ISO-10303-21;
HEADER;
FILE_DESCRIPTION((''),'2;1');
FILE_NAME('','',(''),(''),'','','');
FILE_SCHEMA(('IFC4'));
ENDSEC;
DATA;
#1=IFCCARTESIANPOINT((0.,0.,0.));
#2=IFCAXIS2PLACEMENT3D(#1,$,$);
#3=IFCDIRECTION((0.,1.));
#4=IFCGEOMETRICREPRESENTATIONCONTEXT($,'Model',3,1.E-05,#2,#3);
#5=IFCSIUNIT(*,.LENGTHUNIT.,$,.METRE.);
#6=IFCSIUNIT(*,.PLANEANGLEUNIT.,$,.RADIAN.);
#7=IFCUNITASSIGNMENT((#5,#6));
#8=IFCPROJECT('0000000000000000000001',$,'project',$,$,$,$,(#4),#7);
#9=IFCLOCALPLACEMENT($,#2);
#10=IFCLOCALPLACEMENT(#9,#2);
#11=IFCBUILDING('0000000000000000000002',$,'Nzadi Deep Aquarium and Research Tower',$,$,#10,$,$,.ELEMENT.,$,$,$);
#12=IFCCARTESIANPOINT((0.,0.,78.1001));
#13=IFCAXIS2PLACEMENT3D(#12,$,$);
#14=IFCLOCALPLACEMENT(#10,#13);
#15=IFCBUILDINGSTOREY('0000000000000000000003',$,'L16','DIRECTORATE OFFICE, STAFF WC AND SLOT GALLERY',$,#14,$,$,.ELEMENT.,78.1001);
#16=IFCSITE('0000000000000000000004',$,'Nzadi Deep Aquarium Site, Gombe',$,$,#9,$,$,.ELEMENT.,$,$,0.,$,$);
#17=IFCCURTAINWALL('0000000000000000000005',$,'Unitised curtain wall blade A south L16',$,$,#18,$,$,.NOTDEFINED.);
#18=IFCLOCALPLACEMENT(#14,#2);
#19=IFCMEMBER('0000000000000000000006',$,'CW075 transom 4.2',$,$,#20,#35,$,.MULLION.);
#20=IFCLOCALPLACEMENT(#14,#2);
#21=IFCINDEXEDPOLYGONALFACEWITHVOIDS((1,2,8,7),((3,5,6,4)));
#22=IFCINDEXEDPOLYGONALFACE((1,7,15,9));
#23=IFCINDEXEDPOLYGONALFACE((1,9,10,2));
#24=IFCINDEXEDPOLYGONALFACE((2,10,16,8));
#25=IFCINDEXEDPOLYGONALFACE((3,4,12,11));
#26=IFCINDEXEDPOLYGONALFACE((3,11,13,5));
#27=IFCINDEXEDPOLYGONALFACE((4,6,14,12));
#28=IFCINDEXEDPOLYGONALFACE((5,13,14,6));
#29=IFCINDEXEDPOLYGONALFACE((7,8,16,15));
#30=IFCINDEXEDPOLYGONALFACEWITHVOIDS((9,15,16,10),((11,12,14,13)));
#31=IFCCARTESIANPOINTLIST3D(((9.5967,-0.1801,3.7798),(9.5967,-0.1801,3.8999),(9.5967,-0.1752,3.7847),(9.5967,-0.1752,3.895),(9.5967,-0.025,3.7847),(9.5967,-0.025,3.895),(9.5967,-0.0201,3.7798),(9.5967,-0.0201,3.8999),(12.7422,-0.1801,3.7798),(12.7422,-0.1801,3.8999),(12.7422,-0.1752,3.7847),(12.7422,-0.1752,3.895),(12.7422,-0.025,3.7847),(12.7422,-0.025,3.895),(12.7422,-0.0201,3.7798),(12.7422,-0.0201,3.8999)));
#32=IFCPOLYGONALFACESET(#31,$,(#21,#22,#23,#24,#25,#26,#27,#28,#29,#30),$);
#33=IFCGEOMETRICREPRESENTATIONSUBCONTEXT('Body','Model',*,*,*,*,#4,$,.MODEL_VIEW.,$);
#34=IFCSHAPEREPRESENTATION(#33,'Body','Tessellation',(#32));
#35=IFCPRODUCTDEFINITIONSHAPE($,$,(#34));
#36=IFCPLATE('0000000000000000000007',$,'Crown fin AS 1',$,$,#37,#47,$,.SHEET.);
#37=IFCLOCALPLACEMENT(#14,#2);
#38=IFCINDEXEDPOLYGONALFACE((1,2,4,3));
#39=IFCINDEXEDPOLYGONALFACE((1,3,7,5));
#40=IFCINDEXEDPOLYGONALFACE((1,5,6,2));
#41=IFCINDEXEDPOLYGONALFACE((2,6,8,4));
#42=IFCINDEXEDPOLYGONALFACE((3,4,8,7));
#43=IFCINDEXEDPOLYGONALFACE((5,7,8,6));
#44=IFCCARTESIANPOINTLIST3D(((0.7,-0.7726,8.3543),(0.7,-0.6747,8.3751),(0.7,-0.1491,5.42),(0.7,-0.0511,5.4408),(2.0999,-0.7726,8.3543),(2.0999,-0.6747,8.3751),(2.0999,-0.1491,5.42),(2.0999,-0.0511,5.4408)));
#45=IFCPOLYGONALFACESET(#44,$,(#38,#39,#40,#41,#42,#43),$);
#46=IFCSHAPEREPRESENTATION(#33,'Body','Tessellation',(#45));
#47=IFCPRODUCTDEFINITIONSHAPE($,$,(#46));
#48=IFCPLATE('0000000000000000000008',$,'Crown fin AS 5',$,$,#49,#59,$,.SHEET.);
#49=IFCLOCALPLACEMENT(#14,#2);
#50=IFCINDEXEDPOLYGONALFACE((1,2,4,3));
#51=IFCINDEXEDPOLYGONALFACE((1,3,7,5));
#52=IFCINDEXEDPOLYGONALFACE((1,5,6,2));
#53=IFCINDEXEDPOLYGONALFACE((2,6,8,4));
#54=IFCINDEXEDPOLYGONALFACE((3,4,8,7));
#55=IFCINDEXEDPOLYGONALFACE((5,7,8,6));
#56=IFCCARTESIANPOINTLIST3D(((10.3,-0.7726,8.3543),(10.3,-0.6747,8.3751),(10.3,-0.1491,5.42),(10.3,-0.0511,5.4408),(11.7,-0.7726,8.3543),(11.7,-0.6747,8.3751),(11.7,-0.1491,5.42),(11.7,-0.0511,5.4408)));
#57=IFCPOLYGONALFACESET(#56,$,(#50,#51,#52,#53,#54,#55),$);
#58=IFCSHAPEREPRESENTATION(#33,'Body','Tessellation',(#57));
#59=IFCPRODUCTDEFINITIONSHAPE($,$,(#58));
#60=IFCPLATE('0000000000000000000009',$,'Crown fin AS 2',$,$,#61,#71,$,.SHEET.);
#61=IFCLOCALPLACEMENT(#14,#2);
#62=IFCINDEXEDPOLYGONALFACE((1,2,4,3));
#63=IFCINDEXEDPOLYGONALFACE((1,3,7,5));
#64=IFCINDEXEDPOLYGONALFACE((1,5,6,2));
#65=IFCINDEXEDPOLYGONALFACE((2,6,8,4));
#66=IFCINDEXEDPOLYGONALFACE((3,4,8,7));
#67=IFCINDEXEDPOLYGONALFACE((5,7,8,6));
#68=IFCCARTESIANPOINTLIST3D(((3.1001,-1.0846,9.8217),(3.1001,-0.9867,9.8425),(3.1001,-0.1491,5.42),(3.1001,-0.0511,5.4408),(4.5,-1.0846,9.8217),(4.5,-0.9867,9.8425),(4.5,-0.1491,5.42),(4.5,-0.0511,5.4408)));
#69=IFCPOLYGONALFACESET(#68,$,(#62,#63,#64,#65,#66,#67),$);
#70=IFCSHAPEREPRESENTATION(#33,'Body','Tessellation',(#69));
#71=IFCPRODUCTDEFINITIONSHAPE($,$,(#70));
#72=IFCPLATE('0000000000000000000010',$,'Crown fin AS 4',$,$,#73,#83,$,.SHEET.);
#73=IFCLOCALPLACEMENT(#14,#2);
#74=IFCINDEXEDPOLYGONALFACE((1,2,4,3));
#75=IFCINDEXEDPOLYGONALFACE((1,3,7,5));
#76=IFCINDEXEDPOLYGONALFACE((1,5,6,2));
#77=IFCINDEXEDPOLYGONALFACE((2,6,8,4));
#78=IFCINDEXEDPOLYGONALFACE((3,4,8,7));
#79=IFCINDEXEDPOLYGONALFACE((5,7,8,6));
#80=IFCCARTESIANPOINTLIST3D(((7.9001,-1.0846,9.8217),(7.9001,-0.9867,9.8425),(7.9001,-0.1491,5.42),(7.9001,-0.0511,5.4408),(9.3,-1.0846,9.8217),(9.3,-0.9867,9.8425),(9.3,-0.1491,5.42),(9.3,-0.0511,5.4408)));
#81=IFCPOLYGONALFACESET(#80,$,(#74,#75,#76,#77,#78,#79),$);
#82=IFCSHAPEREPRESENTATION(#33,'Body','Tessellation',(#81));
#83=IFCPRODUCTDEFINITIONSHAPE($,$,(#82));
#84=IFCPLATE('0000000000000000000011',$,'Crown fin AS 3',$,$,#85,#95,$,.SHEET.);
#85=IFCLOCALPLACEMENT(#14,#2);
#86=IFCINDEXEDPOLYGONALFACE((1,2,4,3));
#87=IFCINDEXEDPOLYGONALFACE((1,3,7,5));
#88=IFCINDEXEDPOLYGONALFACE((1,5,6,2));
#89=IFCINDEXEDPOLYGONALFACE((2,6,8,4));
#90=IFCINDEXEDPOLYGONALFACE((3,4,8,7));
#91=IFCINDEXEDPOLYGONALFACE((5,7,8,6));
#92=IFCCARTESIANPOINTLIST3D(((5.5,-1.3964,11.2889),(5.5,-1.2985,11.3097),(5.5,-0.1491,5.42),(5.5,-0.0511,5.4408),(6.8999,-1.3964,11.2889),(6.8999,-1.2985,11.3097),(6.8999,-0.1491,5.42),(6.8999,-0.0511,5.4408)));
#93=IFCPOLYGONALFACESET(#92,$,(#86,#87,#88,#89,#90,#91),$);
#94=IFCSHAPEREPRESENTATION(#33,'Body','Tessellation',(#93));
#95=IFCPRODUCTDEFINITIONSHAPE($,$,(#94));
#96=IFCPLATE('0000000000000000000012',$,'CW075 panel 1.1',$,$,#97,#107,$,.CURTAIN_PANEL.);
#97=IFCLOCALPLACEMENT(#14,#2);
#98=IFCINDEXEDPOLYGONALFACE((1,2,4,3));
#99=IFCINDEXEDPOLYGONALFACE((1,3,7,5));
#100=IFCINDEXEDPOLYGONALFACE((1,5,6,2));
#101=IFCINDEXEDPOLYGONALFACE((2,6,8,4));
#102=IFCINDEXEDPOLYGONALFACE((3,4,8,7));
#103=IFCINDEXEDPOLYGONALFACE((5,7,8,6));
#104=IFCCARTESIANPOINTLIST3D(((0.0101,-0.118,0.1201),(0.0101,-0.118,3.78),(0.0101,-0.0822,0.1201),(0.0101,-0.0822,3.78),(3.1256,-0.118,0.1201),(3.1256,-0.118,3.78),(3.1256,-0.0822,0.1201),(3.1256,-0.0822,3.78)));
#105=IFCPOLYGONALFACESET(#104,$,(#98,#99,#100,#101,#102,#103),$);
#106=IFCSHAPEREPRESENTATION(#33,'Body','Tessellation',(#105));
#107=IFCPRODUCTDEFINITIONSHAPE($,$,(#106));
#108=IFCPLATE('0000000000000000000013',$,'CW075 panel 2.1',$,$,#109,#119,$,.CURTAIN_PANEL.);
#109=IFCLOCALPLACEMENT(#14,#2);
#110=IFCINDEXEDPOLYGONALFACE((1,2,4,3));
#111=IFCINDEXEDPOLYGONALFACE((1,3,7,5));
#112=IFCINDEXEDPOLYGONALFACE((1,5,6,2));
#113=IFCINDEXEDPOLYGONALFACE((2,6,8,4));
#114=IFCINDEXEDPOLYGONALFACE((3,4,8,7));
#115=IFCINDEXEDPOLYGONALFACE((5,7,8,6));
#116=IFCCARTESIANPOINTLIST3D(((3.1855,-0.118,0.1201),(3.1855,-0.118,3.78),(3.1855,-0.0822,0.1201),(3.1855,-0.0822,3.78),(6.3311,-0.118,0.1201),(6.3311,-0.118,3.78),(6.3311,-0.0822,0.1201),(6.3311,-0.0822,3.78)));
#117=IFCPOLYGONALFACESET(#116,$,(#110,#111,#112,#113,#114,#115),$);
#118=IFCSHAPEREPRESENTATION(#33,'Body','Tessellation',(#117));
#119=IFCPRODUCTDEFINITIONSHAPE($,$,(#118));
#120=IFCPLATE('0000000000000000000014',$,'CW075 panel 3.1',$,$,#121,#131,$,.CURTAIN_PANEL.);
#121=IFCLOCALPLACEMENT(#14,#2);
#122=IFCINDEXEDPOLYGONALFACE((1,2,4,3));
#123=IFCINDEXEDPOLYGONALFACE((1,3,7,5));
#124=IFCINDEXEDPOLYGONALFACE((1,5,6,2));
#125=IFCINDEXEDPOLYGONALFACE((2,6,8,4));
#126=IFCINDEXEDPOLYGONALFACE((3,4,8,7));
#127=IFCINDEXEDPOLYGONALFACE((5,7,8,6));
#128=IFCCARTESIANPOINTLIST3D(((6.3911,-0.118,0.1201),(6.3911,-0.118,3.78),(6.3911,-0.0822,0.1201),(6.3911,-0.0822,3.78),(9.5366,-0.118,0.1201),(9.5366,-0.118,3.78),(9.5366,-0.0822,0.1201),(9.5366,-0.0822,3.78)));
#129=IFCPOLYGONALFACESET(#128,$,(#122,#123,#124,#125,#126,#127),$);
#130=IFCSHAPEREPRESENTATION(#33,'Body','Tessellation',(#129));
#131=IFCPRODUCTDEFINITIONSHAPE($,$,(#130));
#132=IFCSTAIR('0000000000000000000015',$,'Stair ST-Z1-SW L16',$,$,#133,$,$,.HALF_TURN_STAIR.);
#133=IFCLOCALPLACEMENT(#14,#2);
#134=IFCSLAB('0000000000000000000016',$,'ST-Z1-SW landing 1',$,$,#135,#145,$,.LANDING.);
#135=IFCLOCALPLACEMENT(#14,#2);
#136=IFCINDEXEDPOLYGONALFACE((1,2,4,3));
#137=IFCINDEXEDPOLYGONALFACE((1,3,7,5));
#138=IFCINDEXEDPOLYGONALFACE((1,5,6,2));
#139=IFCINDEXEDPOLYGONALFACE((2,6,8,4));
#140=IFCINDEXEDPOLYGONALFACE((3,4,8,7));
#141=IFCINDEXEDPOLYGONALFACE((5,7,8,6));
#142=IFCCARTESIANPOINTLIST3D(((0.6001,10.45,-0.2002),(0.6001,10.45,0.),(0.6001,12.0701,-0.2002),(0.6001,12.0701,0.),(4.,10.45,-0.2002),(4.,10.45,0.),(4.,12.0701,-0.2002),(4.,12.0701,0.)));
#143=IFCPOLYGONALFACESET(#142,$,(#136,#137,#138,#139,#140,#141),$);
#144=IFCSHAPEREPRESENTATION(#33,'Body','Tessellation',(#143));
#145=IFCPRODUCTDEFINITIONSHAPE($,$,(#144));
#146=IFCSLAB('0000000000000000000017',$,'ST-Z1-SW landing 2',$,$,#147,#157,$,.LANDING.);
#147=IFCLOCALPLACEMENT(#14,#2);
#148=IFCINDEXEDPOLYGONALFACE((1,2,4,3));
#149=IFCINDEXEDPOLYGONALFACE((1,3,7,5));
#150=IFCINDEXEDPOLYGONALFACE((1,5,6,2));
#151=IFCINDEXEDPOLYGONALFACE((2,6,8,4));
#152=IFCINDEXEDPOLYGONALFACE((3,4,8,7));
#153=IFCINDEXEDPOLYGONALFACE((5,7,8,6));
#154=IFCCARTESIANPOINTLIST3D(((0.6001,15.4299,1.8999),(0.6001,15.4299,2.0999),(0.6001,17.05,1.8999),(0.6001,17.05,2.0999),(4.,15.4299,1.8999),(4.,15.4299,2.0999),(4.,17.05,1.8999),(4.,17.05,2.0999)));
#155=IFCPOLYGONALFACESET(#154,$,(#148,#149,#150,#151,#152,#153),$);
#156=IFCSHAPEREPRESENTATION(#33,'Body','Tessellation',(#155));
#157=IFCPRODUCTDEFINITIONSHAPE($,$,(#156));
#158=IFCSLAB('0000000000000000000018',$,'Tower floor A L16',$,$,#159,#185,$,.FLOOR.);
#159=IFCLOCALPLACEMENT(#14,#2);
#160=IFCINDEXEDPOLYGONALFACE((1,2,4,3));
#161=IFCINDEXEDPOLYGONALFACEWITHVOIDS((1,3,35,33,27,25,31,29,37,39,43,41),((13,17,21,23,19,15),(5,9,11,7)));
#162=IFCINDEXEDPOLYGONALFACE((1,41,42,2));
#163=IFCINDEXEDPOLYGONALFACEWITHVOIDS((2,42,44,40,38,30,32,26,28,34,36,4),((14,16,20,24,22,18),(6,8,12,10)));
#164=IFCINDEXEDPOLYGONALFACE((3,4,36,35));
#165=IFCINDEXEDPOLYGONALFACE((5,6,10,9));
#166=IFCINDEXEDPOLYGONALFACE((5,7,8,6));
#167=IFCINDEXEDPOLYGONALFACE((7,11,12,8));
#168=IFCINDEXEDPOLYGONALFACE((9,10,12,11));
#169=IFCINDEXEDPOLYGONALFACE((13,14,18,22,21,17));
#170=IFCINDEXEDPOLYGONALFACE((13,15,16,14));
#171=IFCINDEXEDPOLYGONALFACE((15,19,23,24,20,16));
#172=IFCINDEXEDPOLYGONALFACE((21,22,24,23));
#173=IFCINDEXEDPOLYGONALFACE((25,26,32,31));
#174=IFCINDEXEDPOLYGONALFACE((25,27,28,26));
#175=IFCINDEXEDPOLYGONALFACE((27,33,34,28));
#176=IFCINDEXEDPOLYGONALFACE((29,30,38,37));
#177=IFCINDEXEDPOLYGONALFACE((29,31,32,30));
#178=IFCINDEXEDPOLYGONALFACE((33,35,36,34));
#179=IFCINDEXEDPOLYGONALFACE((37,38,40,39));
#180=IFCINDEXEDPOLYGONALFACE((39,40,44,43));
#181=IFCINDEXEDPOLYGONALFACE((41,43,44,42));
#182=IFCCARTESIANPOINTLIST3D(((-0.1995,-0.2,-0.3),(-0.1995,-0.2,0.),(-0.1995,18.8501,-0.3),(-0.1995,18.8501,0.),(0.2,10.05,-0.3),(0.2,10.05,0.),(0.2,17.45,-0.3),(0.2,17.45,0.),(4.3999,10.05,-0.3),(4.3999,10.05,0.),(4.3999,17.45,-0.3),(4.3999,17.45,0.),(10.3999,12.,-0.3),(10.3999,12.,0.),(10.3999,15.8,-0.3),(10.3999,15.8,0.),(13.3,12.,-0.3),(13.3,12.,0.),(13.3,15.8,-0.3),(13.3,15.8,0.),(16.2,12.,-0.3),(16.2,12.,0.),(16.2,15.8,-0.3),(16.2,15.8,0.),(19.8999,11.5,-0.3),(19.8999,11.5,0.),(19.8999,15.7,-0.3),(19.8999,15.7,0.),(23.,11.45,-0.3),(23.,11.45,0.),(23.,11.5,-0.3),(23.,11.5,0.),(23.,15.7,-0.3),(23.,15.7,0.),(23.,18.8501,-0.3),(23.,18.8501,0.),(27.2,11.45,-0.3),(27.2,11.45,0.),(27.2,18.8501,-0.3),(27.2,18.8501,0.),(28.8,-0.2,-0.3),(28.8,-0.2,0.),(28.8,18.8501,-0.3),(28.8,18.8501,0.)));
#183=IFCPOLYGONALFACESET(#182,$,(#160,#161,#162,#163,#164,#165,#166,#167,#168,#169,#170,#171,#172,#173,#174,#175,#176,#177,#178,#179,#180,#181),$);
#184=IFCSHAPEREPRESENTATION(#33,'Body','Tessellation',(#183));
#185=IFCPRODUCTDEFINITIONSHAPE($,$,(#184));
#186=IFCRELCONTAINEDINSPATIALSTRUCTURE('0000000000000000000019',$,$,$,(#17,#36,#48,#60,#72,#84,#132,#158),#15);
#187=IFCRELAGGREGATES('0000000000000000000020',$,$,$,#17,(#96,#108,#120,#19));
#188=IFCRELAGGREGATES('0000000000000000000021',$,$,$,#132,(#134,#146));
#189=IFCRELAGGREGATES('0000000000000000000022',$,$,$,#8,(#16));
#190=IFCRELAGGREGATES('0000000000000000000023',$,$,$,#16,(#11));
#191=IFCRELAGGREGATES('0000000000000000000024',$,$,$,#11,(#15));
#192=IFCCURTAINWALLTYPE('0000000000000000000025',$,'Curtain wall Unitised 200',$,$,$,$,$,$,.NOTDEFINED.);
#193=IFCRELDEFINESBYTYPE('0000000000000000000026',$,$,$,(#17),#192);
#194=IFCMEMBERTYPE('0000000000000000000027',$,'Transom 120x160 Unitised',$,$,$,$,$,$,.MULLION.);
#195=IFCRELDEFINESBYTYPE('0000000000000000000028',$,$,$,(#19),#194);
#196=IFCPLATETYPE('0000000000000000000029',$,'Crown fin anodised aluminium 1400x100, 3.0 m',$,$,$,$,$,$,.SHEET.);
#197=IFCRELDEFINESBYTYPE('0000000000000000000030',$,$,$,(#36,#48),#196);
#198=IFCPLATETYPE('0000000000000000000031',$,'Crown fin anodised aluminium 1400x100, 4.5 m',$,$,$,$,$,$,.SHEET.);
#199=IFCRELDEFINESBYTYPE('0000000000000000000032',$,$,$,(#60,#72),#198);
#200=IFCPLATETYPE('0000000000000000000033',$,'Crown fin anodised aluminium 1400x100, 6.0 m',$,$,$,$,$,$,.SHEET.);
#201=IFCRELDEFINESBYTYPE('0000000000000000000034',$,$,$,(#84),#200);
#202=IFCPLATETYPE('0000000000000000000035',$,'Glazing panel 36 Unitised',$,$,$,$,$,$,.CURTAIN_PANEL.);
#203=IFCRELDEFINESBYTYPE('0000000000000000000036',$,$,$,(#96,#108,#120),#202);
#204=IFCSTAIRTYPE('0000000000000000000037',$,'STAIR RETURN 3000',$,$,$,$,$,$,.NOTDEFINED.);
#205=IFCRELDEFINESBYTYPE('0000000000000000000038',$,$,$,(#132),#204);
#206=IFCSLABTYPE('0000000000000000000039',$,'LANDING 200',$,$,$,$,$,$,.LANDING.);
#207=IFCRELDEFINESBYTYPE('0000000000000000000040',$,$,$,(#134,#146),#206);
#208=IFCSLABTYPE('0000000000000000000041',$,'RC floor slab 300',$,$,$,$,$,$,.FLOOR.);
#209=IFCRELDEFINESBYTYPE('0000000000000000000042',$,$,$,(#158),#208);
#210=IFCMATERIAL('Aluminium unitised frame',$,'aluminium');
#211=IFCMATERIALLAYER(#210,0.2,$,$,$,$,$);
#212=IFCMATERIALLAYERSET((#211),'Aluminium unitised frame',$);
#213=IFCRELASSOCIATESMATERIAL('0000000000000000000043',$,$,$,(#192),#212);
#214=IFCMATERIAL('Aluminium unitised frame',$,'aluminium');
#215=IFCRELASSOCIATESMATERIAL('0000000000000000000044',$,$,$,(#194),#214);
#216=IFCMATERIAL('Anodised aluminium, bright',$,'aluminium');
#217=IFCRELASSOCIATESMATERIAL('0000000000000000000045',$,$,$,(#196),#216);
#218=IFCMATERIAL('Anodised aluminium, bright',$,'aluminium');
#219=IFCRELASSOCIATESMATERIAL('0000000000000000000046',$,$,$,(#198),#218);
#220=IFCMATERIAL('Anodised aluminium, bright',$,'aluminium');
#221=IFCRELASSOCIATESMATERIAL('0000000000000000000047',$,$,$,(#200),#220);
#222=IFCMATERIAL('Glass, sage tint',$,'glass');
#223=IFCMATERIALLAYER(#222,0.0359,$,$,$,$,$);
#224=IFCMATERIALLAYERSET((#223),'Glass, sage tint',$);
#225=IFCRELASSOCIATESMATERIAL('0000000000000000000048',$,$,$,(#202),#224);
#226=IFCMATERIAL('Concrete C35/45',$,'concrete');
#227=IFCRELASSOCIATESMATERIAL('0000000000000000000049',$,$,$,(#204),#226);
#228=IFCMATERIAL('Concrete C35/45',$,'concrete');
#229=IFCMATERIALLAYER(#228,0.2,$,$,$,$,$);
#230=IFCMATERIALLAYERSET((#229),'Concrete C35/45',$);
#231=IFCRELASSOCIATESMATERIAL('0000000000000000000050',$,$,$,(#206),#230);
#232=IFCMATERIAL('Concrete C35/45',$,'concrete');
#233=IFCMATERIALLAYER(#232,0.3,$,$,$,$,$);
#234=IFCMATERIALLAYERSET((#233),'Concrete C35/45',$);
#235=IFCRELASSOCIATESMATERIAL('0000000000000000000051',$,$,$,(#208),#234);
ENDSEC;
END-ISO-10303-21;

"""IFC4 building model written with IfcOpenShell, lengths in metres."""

from ifc_helpers import new_model, si_unit, direction, frame, origin, origin_2d, place, context, subcontext, project, spatial, polyline, rectangle, hollow_rectangle, outline, extrude, material, layer, layer_set, material_profile, profile_set, type_object, element, aggregate, save


model = new_model("IFC4")

# Units and contexts
model_context = context("Model", 3, precision=1e-05, world=origin(), true_north=direction((0.0, 1.0)))
body_context = subcontext(model_context, "Body", "Model", "MODEL_VIEW")
ifc_project = project(units=[si_unit("LENGTHUNIT", "METRE"), si_unit("PLANEANGLEUNIT", "RADIAN")], contexts=[model_context])

# Site, building, storey
site_placement = place(None, origin())
site = spatial("IfcSite", under=ifc_project, at=site_placement, Name="Nzadi Deep Aquarium Site, Gombe", CompositionType="ELEMENT", RefElevation=0.0)
building_placement = place(site_placement, origin())
building = spatial("IfcBuilding", under=site, at=building_placement, Name="Nzadi Deep Aquarium and Research Tower", CompositionType="ELEMENT")
storey_placement = place(building_placement, frame((0.0, 0.0, 78.1001)))
storey = spatial("IfcBuildingStorey", under=building, at=storey_placement, Name="L16", Description="DIRECTORATE OFFICE, STAFF WC AND SLOT GALLERY", CompositionType="ELEMENT", Elevation=78.1001)

# Curtain wall, member
ifc_material_1 = material(Name="Aluminium unitised frame", Category="aluminium")
ifc_layer_1 = layer(ifc_material_1, 0.2)
ifc_layer_set_1 = layer_set([ifc_layer_1], Name="Aluminium unitised frame")
curtain_wall_type = type_object("IfcCurtainWallType", Name="Curtain wall Unitised 200", PredefinedType="NOTDEFINED", material=ifc_layer_set_1)
curtain_wall_placement = place(storey_placement, origin())
curtain_wall = element("IfcCurtainWall", 1, at=curtain_wall_placement, inside=storey, type_object=curtain_wall_type, Name="Unitised curtain wall blade A south L16", PredefinedType="NOTDEFINED")
ifc_material_2 = material(Name="Aluminium unitised frame", Category="aluminium")
ifc_material_profile_1 = material_profile(ifc_material_2, hollow_rectangle(XDim=0.1599, YDim=0.1201, WallThickness=0.0049, at=origin_2d()))
ifc_profile_set_1 = profile_set([ifc_material_profile_1], Name="Aluminium unitised frame")
member_type_1 = type_object("IfcMemberType", Name="Transom 120x160 Unitised", PredefinedType="MULLION", material=ifc_profile_set_1)
member_1_placement = place(storey_placement, frame((9.5967, -0.1001, 3.8398), z_axis=(1.0, 0.0, 0.0), x_axis=(0.0, 1.0, 0.0)))
member_1 = element("IfcMember", 2, at=member_1_placement, type_object=member_type_1, Name="CW075 transom 4.2", PredefinedType="MULLION", context=body_context, shape_type="SweptSolid", body=[
    extrude(hollow_rectangle(XDim=0.1599, YDim=0.1201, WallThickness=0.0049, at=origin_2d()), origin(), (0.0, 0.0, 1.0), 3.1455),
])

# Plates
ifc_material_3 = material(Name="Anodised aluminium, bright", Category="aluminium")
ifc_material_profile_2 = material_profile(ifc_material_3, rectangle(XDim=1.3999, YDim=0.1001, at=origin_2d()))
ifc_profile_set_2 = profile_set([ifc_material_profile_2], Name="Anodised aluminium, bright")
plate_type_1 = type_object("IfcPlateType", Name="Crown fin anodised aluminium 1400x100, 3.0 m", PredefinedType="SHEET", material=ifc_profile_set_2)
for number, where, z_axis, x_axis, name in (
    (3, (1.3999, -0.1001, 5.4304), (0.0, -0.207856, 0.978159), (1.0, 0.0, 0.0), "Crown fin AS 1"),
    (4, (11.0, -0.1001, 5.4304), (0.0, -0.207856, 0.978159), (1.0, 0.0, 0.0), "Crown fin AS 5"),
):
    element("IfcPlate", number, at=place(storey_placement, frame(where, z_axis=z_axis, x_axis=x_axis)), inside=storey, type_object=plate_type_1, Name=name, PredefinedType="SHEET", context=body_context, shape_type="SweptSolid", body=[
        extrude(rectangle(XDim=1.3999, YDim=0.1001, at=origin_2d()), origin(), (0.0, 0.0, 1.0), 2.9998),
    ])
ifc_material_4 = material(Name="Anodised aluminium, bright", Category="aluminium")
ifc_material_profile_3 = material_profile(ifc_material_4, rectangle(XDim=1.3999, YDim=0.1001, at=origin_2d()))
ifc_profile_set_3 = profile_set([ifc_material_profile_3], Name="Anodised aluminium, bright")
plate_type_2 = type_object("IfcPlateType", Name="Crown fin anodised aluminium 1400x100, 4.5 m", PredefinedType="SHEET", material=ifc_profile_set_3)
for number, where, z_axis, x_axis, name in (
    (5, (3.8, -0.1001, 5.4304), (0.0, -0.207902, 0.97815), (1.0, 0.0, 0.0), "Crown fin AS 2"),
    (6, (8.6001, -0.1001, 5.4304), (0.0, -0.207902, 0.97815), (1.0, 0.0, 0.0), "Crown fin AS 4"),
):
    element("IfcPlate", number, at=place(storey_placement, frame(where, z_axis=z_axis, x_axis=x_axis)), inside=storey, type_object=plate_type_2, Name=name, PredefinedType="SHEET", context=body_context, shape_type="SweptSolid", body=[
        extrude(rectangle(XDim=1.3999, YDim=0.1001, at=origin_2d()), origin(), (0.0, 0.0, 1.0), 4.5),
    ])
ifc_material_5 = material(Name="Anodised aluminium, bright", Category="aluminium")
ifc_material_profile_4 = material_profile(ifc_material_5, rectangle(XDim=1.3999, YDim=0.1001, at=origin_2d()))
ifc_profile_set_4 = profile_set([ifc_material_profile_4], Name="Anodised aluminium, bright")
plate_type_3 = type_object("IfcPlateType", Name="Crown fin anodised aluminium 1400x100, 6.0 m", PredefinedType="SHEET", material=ifc_profile_set_4)
plate_1_placement = place(storey_placement, frame((6.2, -0.1001, 5.4304), z_axis=(0.0, -0.207886, 0.978153), x_axis=(1.0, 0.0, 0.0)))
element("IfcPlate", 7, at=plate_1_placement, inside=storey, type_object=plate_type_3, Name="Crown fin AS 3", PredefinedType="SHEET", context=body_context, shape_type="SweptSolid", body=[
    extrude(rectangle(XDim=1.3999, YDim=0.1001, at=origin_2d()), origin(), (0.0, 0.0, 1.0), 6.0),
])

# Plates
ifc_material_6 = material(Name="Glass, sage tint", Category="glass")
ifc_layer_2 = layer(ifc_material_6, 0.0359)
ifc_layer_set_2 = layer_set([ifc_layer_2], Name="Glass, sage tint")
plate_type_4 = type_object("IfcPlateType", Name="Glazing panel 36 Unitised", PredefinedType="CURTAIN_PANEL", material=ifc_layer_set_2)
plate_2_placement = place(storey_placement, frame((1.5679, -0.1001, 0.1201), z_axis=(0.0, 0.0, 1.0), x_axis=(1.0, 0.0, 0.0)))
plate_2 = element("IfcPlate", 8, at=plate_2_placement, type_object=plate_type_4, Name="CW075 panel 1.1", PredefinedType="CURTAIN_PANEL", context=body_context, shape_type="SweptSolid", body=[
    extrude(rectangle(XDim=3.1155, YDim=0.0359, at=origin_2d()), origin(), (0.0, 0.0, 1.0), 3.6599),
])
plate_3_placement = place(storey_placement, frame((4.7583, -0.1001, 0.1201), z_axis=(0.0, 0.0, 1.0), x_axis=(1.0, 0.0, 0.0)))
plate_3 = element("IfcPlate", 9, at=plate_3_placement, type_object=plate_type_4, Name="CW075 panel 2.1", PredefinedType="CURTAIN_PANEL", context=body_context, shape_type="SweptSolid", body=[
    extrude(rectangle(XDim=3.1455, YDim=0.0359, at=origin_2d()), origin(), (0.0, 0.0, 1.0), 3.6599),
])
plate_4_placement = place(storey_placement, frame((7.9639, -0.1001, 0.1201), z_axis=(0.0, 0.0, 1.0), x_axis=(1.0, 0.0, 0.0)))
plate_4 = element("IfcPlate", 10, at=plate_4_placement, type_object=plate_type_4, Name="CW075 panel 3.1", PredefinedType="CURTAIN_PANEL", context=body_context, shape_type="SweptSolid", body=[
    extrude(rectangle(XDim=3.1455, YDim=0.0359, at=origin_2d()), origin(), (0.0, 0.0, 1.0), 3.6599),
])
aggregate(curtain_wall, [plate_2, plate_3, plate_4, member_1])

# Stair, slabs
ifc_material_7 = material(Name="Concrete C35/45", Category="concrete")
stair_type = type_object("IfcStairType", Name="STAIR RETURN 3000", PredefinedType="NOTDEFINED", material=ifc_material_7)
stair_placement = place(storey_placement, origin())
stair = element("IfcStair", 11, at=stair_placement, inside=storey, type_object=stair_type, Name="Stair ST-Z1-SW L16", PredefinedType="HALF_TURN_STAIR")
ifc_material_8 = material(Name="Concrete C35/45", Category="concrete")
ifc_layer_3 = layer(ifc_material_8, 0.2)
ifc_layer_set_3 = layer_set([ifc_layer_3], Name="Concrete C35/45")
slab_type_1 = type_object("IfcSlabType", Name="LANDING 200", PredefinedType="LANDING", material=ifc_layer_set_3)
slab_1_placement = place(storey_placement, frame((0.0, 0.0, -0.2002)))
slab_1 = element("IfcSlab", 12, at=slab_1_placement, type_object=slab_type_1, Name="ST-Z1-SW landing 1", PredefinedType="LANDING", context=body_context, shape_type="SweptSolid", body=[
    extrude(outline(polyline([(0.6001, 10.45), (4.0, 10.45), (4.0, 12.0701), (0.6001, 12.0701), (0.6001, 10.45)])), origin(), (0.0, 0.0, 1.0), 0.2002),
])
slab_2_placement = place(storey_placement, frame((0.0, 0.0, 1.8999)))
slab_2 = element("IfcSlab", 13, at=slab_2_placement, type_object=slab_type_1, Name="ST-Z1-SW landing 2", PredefinedType="LANDING", context=body_context, shape_type="SweptSolid", body=[
    extrude(outline(polyline([(0.6001, 15.4299), (4.0, 15.4299), (4.0, 17.05), (0.6001, 17.05), (0.6001, 15.4299)])), origin(), (0.0, 0.0, 1.0), 0.2),
])
aggregate(stair, [slab_1, slab_2])

# Slab
ifc_material_9 = material(Name="Concrete C35/45", Category="concrete")
ifc_layer_4 = layer(ifc_material_9, 0.3)
ifc_layer_set_4 = layer_set([ifc_layer_4], Name="Concrete C35/45")
slab_type_2 = type_object("IfcSlabType", Name="RC floor slab 300", PredefinedType="FLOOR", material=ifc_layer_set_4)
slab_3_placement = place(storey_placement, frame((0.0, 0.0, -0.3)))
element("IfcSlab", 14, at=slab_3_placement, inside=storey, type_object=slab_type_2, Name="Tower floor A L16", PredefinedType="FLOOR", context=body_context, shape_type="SweptSolid", body=[
    extrude(outline(polyline([(27.2, 11.45), (23.0, 11.45), (23.0, 11.5), (19.8999, 11.5), (19.8999, 15.7), (23.0, 15.7), (23.0, 18.8501), (-0.1995, 18.8501), (-0.1995, -0.2), (28.8, -0.2), (28.8, 18.8501), (27.2, 18.8501), (27.2, 11.45)]), holes=[polyline([(4.3999, 17.45), (4.3999, 10.05), (0.2, 10.05), (0.2, 17.45), (4.3999, 17.45)]), polyline([(10.3999, 12.0), (10.3999, 15.8), (13.3, 15.8), (16.2, 15.8), (16.2, 12.0), (13.3, 12.0), (10.3999, 12.0)])]), origin(), (0.0, 0.0, 1.0), 0.3),
])

save(model, "model.ifc")
